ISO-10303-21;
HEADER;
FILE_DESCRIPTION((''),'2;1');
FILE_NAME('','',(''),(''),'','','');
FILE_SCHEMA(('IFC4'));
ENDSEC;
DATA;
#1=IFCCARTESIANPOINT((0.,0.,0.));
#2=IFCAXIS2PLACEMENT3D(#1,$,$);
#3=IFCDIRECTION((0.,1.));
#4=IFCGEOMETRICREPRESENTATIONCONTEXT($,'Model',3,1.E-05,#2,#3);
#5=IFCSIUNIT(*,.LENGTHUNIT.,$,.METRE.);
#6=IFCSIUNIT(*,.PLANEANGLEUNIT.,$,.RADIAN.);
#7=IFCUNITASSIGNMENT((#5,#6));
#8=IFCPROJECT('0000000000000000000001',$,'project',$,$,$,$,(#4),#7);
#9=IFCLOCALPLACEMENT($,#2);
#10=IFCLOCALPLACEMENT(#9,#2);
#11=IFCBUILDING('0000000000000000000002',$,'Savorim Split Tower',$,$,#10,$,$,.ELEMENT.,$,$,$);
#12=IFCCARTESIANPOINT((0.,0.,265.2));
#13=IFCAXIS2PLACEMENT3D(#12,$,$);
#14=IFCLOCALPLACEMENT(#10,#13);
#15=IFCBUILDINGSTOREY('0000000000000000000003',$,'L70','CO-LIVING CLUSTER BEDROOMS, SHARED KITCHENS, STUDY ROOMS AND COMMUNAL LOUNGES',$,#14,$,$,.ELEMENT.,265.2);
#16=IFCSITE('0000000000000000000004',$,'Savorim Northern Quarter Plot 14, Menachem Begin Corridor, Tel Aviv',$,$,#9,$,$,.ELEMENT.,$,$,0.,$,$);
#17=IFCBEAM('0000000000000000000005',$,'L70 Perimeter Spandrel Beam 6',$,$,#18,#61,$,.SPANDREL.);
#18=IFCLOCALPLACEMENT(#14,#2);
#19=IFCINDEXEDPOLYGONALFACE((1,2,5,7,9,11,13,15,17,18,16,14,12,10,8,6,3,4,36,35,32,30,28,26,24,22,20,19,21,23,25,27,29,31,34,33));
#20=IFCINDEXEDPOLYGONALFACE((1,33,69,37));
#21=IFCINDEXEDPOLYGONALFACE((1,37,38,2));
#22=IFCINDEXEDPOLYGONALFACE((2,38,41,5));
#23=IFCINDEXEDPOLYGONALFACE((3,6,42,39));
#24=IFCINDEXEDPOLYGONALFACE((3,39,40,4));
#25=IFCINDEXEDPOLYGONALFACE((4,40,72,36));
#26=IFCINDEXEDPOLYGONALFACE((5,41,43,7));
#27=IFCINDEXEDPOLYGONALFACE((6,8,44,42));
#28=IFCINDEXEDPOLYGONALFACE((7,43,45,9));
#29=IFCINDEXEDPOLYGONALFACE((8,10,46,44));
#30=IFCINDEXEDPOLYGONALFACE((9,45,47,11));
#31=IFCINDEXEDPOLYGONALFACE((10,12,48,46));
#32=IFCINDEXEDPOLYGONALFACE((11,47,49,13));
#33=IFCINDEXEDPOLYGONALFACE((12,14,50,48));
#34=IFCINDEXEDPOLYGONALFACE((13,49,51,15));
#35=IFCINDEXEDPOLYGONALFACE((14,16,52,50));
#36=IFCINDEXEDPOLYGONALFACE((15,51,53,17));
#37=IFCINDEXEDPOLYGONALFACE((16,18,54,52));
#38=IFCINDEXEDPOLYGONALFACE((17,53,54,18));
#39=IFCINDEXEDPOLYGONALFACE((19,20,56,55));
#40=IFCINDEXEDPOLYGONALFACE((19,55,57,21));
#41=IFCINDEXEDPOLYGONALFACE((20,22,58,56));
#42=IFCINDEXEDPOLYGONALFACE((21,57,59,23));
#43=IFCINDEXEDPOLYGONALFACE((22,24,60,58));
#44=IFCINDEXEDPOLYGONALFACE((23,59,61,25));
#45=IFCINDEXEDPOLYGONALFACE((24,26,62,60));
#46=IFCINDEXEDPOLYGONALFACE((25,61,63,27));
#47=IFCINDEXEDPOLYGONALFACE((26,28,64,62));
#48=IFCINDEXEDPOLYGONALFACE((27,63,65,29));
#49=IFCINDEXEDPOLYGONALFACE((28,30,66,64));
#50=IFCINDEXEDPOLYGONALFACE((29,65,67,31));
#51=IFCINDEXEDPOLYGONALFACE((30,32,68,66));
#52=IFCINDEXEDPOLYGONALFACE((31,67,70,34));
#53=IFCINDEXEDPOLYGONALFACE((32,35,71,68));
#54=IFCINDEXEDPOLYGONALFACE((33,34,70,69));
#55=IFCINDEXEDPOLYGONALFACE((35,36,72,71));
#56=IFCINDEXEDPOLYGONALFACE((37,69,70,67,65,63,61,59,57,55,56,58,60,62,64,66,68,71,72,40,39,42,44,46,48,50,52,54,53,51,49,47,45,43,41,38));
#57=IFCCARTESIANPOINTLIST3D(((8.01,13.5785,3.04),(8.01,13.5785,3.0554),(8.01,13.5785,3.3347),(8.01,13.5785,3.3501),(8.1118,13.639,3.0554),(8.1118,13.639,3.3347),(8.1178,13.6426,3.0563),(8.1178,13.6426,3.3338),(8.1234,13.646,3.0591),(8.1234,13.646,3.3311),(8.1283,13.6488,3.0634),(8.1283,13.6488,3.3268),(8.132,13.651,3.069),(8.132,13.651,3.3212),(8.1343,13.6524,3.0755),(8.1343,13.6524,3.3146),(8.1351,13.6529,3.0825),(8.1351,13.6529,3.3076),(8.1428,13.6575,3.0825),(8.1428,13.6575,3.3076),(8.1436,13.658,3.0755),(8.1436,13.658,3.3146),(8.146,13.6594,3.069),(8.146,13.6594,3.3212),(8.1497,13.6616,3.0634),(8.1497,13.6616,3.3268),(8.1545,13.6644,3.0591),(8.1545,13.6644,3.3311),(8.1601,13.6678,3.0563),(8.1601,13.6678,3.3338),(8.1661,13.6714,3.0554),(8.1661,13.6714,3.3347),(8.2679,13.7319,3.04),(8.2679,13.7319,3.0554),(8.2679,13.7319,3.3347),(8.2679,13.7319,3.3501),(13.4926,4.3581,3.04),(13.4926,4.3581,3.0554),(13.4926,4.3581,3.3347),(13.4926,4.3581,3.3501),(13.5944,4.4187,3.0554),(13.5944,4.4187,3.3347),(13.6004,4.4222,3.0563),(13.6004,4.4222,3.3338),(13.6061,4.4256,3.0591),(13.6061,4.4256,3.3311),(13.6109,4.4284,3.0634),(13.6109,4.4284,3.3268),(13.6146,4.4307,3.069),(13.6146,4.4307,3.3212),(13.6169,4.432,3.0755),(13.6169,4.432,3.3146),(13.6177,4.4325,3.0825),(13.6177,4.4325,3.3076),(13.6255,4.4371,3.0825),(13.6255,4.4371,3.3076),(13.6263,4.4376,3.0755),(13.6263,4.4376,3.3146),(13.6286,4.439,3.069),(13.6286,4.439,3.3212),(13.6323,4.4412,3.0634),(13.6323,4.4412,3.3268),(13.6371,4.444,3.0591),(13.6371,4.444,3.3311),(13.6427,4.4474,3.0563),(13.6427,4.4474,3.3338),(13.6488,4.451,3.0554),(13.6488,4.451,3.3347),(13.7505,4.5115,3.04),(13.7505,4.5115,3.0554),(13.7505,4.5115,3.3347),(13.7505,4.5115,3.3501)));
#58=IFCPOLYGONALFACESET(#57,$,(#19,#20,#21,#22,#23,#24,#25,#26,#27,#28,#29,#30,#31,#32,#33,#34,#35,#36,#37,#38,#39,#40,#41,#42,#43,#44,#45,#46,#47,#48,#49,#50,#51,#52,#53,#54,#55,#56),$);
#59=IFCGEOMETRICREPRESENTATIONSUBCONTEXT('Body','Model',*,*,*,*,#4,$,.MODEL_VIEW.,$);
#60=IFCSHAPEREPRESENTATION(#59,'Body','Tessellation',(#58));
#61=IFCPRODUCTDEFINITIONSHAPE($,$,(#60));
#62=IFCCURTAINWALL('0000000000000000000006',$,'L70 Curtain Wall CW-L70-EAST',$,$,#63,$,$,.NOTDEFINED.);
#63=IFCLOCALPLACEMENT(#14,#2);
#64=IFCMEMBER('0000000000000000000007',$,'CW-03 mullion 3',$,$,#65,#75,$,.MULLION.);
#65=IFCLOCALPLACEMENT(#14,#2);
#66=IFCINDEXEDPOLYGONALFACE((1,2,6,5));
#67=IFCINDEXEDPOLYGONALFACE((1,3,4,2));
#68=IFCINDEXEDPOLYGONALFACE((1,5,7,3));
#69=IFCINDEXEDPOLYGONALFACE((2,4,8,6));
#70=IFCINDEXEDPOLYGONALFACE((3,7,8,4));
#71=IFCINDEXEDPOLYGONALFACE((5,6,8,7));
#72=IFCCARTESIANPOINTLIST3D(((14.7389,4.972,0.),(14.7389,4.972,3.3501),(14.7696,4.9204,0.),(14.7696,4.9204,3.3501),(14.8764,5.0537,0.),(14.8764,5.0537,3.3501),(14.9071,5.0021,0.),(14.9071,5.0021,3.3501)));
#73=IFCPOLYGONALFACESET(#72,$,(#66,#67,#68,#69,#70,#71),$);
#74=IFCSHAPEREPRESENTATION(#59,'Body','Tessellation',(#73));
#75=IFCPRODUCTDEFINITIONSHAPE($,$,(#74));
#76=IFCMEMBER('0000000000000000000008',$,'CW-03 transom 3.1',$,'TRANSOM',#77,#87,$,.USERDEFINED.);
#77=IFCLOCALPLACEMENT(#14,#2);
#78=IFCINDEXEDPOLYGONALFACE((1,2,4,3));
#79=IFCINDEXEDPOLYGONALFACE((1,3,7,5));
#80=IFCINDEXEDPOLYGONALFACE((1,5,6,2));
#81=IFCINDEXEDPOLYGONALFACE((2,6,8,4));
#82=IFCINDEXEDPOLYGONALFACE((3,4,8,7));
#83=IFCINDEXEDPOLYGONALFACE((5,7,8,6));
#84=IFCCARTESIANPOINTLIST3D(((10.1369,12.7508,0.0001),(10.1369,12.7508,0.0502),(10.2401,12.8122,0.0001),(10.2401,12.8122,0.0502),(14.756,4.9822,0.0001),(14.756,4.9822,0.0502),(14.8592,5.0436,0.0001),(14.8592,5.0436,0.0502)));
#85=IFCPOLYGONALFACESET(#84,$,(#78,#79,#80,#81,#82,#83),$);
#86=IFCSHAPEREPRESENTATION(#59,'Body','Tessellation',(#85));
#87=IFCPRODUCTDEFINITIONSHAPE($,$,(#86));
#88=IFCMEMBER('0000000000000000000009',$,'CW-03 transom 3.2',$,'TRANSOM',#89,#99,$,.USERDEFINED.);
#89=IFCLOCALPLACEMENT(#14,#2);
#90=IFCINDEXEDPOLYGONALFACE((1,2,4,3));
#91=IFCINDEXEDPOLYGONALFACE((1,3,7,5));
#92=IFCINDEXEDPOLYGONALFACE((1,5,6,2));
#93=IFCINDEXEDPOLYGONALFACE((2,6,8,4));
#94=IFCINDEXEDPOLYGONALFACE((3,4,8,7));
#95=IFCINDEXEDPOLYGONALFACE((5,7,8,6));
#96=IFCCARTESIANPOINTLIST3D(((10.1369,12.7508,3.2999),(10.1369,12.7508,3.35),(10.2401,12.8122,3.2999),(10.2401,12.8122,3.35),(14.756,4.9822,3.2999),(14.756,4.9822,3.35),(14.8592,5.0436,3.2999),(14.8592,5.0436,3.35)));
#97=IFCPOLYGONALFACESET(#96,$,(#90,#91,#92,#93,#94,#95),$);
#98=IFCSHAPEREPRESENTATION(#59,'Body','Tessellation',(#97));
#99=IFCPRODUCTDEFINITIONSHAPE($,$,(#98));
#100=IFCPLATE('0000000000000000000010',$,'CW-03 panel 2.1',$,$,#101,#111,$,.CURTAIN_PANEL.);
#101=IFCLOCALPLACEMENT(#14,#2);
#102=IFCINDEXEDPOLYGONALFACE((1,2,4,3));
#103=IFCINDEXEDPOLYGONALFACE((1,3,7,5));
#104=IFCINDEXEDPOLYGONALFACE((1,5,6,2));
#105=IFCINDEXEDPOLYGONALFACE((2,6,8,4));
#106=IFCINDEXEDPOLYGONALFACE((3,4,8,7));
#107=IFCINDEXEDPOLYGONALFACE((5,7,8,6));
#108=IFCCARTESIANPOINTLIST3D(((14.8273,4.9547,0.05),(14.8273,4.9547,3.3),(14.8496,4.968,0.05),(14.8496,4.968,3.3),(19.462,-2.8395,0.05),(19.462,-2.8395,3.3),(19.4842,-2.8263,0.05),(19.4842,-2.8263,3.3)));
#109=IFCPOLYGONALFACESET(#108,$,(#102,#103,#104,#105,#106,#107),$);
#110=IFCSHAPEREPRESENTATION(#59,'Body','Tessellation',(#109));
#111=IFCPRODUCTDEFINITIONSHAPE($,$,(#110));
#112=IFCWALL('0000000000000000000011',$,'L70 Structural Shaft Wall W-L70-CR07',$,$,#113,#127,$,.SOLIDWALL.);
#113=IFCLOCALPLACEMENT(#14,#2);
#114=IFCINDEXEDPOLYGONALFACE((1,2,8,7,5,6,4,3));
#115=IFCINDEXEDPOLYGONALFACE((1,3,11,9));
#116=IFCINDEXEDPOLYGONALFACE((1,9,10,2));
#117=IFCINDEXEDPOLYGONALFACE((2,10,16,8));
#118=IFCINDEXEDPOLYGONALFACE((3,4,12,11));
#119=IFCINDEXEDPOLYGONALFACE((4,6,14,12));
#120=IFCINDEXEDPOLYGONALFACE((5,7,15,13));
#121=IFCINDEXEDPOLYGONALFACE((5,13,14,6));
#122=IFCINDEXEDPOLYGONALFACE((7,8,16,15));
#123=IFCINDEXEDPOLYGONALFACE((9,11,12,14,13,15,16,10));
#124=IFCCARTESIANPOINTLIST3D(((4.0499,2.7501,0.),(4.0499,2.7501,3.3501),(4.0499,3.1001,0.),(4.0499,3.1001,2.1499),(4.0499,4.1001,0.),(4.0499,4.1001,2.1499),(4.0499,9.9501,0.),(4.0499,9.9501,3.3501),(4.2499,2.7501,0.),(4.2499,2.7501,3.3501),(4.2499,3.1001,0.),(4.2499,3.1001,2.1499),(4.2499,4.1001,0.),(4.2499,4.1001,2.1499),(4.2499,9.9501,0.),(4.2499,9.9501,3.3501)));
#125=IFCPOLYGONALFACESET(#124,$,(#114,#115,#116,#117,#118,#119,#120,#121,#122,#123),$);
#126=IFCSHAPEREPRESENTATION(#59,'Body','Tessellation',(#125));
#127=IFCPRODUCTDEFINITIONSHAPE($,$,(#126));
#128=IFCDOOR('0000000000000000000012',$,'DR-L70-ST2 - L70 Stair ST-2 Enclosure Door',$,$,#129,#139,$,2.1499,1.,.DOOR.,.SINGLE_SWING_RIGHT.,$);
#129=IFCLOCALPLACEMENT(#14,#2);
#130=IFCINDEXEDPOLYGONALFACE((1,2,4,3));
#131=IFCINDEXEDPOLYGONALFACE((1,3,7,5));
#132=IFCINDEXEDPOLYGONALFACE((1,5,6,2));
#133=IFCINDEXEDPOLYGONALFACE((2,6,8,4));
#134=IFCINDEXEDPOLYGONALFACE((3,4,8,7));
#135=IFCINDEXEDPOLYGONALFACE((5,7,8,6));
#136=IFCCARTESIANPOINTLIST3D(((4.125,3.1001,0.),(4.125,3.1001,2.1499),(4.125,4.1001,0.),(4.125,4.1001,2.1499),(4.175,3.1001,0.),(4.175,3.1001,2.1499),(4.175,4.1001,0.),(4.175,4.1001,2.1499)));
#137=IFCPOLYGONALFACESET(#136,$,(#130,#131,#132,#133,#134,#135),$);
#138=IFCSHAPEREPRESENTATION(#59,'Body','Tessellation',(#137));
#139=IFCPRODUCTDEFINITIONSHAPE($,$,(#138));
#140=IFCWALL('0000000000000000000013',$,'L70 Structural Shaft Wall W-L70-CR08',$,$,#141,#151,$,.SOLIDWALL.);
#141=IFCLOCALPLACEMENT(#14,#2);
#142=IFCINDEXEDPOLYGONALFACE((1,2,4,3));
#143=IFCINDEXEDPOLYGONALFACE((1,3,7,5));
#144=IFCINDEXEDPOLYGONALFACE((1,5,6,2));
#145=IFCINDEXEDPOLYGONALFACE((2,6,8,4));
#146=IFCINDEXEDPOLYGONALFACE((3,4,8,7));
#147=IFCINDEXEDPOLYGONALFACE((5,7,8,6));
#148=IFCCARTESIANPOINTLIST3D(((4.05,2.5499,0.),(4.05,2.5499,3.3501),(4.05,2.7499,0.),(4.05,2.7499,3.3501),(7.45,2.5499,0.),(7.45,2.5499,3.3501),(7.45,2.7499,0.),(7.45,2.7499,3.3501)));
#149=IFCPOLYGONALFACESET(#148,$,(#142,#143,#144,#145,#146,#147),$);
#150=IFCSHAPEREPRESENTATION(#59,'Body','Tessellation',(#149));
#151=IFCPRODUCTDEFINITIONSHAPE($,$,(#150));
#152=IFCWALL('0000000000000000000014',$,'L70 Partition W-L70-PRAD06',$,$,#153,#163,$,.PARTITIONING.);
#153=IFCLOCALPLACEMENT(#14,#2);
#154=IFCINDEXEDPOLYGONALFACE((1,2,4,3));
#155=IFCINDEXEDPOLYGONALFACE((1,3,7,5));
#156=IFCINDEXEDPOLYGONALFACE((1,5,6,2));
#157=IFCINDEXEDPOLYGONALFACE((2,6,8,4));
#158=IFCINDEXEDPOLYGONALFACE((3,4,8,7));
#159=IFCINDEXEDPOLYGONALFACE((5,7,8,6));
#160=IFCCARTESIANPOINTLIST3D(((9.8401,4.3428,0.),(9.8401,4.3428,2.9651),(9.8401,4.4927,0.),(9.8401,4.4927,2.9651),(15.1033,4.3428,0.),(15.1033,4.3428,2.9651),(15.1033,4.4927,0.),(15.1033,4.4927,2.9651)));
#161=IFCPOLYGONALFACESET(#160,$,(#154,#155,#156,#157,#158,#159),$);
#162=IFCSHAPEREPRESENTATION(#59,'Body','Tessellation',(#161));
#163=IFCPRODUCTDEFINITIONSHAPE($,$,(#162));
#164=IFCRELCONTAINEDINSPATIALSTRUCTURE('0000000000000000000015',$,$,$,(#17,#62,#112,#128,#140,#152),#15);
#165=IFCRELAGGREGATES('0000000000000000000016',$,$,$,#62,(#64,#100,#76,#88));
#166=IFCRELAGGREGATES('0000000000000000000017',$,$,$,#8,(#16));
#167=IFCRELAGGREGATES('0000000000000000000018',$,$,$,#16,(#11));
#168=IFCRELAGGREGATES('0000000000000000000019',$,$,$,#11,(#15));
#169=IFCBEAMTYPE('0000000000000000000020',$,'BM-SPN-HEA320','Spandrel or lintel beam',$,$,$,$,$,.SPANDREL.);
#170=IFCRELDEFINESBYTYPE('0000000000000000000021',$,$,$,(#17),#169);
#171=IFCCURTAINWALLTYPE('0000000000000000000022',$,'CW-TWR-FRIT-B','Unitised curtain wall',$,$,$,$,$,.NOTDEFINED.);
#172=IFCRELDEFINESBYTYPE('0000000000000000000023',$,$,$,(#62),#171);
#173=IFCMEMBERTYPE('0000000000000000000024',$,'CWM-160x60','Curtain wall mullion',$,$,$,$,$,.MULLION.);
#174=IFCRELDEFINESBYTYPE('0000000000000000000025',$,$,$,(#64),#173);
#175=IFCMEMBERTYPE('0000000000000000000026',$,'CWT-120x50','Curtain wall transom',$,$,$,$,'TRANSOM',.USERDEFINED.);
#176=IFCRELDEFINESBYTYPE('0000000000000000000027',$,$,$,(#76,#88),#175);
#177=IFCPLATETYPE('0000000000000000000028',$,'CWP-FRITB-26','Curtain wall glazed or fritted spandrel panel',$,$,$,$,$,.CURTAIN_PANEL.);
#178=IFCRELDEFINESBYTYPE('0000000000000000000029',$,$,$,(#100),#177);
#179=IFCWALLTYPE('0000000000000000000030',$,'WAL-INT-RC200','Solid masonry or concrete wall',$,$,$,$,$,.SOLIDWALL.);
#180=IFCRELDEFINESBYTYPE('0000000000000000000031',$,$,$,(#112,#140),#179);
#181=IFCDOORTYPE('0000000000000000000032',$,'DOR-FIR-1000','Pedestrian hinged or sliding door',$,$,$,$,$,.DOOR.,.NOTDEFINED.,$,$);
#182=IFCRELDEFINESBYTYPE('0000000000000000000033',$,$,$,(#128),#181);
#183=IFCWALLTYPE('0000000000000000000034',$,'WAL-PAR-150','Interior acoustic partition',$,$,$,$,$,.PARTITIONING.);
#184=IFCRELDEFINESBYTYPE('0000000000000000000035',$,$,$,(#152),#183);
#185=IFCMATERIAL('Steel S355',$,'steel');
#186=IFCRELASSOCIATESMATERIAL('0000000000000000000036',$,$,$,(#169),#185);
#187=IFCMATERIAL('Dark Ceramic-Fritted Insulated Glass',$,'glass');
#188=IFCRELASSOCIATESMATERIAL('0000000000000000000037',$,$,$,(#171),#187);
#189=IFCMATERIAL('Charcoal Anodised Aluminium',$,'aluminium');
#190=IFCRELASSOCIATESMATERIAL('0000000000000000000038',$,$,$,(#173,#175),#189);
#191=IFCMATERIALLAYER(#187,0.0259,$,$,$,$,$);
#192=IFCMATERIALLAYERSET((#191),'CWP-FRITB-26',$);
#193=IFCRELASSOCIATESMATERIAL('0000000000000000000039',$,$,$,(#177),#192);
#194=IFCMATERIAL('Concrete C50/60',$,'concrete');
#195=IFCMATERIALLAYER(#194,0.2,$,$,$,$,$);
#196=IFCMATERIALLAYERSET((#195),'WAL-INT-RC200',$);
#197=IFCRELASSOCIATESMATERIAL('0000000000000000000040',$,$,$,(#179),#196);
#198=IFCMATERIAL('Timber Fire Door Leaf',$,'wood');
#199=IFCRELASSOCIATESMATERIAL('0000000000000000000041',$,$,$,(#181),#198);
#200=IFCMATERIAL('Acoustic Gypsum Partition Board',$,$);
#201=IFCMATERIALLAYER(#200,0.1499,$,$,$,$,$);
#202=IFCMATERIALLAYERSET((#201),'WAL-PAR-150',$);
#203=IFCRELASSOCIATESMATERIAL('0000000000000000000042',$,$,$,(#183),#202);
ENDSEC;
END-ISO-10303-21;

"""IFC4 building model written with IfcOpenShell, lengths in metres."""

from ifc_helpers import new_model, si_unit, direction, frame, frame_2d, origin, origin_2d, place, context, subcontext, project, spatial, rectangle, i_section, extrude, material, layer, layer_set, material_profile, profile_set, type_object, element, fill, aggregate, save


model = new_model("IFC4")

# Units and contexts
model_context = context("Model", 3, precision=1e-05, world=origin(), true_north=direction((0.0, 1.0)))
body_context = subcontext(model_context, "Body", "Model", "MODEL_VIEW")
ifc_project = project(units=[si_unit("LENGTHUNIT", "METRE"), si_unit("PLANEANGLEUNIT", "RADIAN")], contexts=[model_context])

# Site, building, storey
site_placement = place(None, origin())
site = spatial("IfcSite", under=ifc_project, at=site_placement, Name="Savorim Northern Quarter Plot 14, Menachem Begin Corridor, Tel Aviv", CompositionType="ELEMENT", RefElevation=0.0)
building_placement = place(site_placement, origin())
building = spatial("IfcBuilding", under=site, at=building_placement, Name="Savorim Split Tower", CompositionType="ELEMENT")
storey_placement = place(building_placement, frame((0.0, 0.0, 265.2)))
storey = spatial("IfcBuildingStorey", under=building, at=storey_placement, Name="L70", Description="CO-LIVING CLUSTER BEDROOMS, SHARED KITCHENS, STUDY ROOMS AND COMMUNAL LOUNGES", CompositionType="ELEMENT", Elevation=265.2)

# Shared definitions
ifc_material_1 = material(Name="Steel S355", Category="steel")

# Beam
ifc_material_profile_1 = material_profile(ifc_material_1, i_section(OverallWidth=0.3, OverallDepth=0.3101, WebThickness=0.009, FlangeThickness=0.0154, FilletRadius=0.0271, at=origin_2d()), Name="HEA 320")
ifc_profile_set_1 = profile_set([ifc_material_profile_1], Name="Steel S355")
beam_type_1 = type_object("IfcBeamType", Name="BM-SPN-HEA320", Description="Spandrel or lintel beam", PredefinedType="SPANDREL", material=ifc_profile_set_1)
beam_1_placement = place(storey_placement, frame((13.6216, 4.4348, 3.1951), z_axis=(-0.511091, 0.859526, 0.0), x_axis=(-0.859526, -0.511091, 0.0)))
element("IfcBeam", 1, at=beam_1_placement, inside=storey, type_object=beam_type_1, Name="L70 Perimeter Spandrel Beam 6", PredefinedType="SPANDREL", context=body_context, shape_type="SweptSolid", body=[
    extrude(i_section(OverallWidth=0.3, OverallDepth=0.3101, WebThickness=0.009, FlangeThickness=0.0154, FilletRadius=0.0271, at=origin_2d()), origin(), (0.0, 0.0, 1.0), 10.7273),
])

# Curtain wall, members, plate
ifc_material_2 = material(Name="Dark Ceramic-Fritted Insulated Glass", Category="glass")
curtain_wall_type = type_object("IfcCurtainWallType", Name="CW-TWR-FRIT-B", Description="Unitised curtain wall", PredefinedType="NOTDEFINED", material=ifc_material_2)
curtain_wall_placement = place(storey_placement, origin())
curtain_wall = element("IfcCurtainWall", 2, at=curtain_wall_placement, inside=storey, type_object=curtain_wall_type, Name="L70 Curtain Wall CW-L70-EAST", PredefinedType="NOTDEFINED")
ifc_material_3 = material(Name="Charcoal Anodised Aluminium", Category="aluminium")
ifc_material_profile_2 = material_profile(ifc_material_3, rectangle(XDim=0.1599, YDim=0.0601, at=origin_2d()), Name="ALU-M 160x60")
ifc_profile_set_2 = profile_set([ifc_material_profile_2], Name="Charcoal Anodised Aluminium")
member_type_1 = type_object("IfcMemberType", Name="CWM-160x60", Description="Curtain wall mullion", PredefinedType="MULLION", material=ifc_profile_set_2)
member_1_placement = place(storey_placement, frame((14.823, 4.9871, 0.0), z_axis=(0.0, 0.0, 1.0), x_axis=(-0.859527, -0.51109, 0.0)))
member_1 = element("IfcMember", 3, at=member_1_placement, type_object=member_type_1, Name="CW-03 mullion 3", PredefinedType="MULLION", context=body_context, shape_type="SweptSolid", body=[
    extrude(rectangle(XDim=0.1599, YDim=0.0601, at=origin_2d()), origin(), (0.0, 0.0, 1.0), 3.3501),
])
ifc_material_profile_3 = material_profile(ifc_material_3, rectangle(XDim=0.1201, YDim=0.05, at=origin_2d()), Name="ALU-T 120x50")
ifc_profile_set_3 = profile_set([ifc_material_profile_3], Name="Charcoal Anodised Aluminium")
member_type_2 = type_object("IfcMemberType", Name="CWT-120x50", Description="Curtain wall transom", ElementType="TRANSOM", PredefinedType="USERDEFINED", material=ifc_profile_set_3)
member_2_placement = place(storey_placement, frame((14.8076, 5.0129, 0.0251), z_axis=(-0.511075, 0.859536, 0.0), x_axis=(-0.859536, -0.511075, 0.0)))
member_2 = element("IfcMember", 4, at=member_2_placement, type_object=member_type_2, Name="CW-03 transom 3.1", ObjectType="TRANSOM", PredefinedType="USERDEFINED", context=body_context, shape_type="SweptSolid", body=[
    extrude(rectangle(XDim=0.1201, YDim=0.05, at=origin_2d()), origin(), (0.0, 0.0, 1.0), 9.0381),
])
member_3_placement = place(storey_placement, frame((14.8076, 5.0129, 3.325), z_axis=(-0.511075, 0.859536, 0.0), x_axis=(-0.859536, -0.511075, 0.0)))
member_3 = element("IfcMember", 5, at=member_3_placement, type_object=member_type_2, Name="CW-03 transom 3.2", ObjectType="TRANSOM", PredefinedType="USERDEFINED", context=body_context, shape_type="SweptSolid", body=[
    extrude(rectangle(XDim=0.1201, YDim=0.05, at=origin_2d()), origin(), (0.0, 0.0, 1.0), 9.0381),
])
ifc_layer_1 = layer(ifc_material_2, 0.0259)
ifc_layer_set_1 = layer_set([ifc_layer_1], Name="CWP-FRITB-26")
plate_type = type_object("IfcPlateType", Name="CWP-FRITB-26", Description="Curtain wall glazed or fritted spandrel panel", PredefinedType="CURTAIN_PANEL", material=ifc_layer_set_1)
plate_placement = place(storey_placement, frame((17.1558, 1.0642, 0.05), z_axis=(0.0, 0.0, 1.0), x_axis=(-0.51109, 0.859527, 0.0)))
plate = element("IfcPlate", 6, at=plate_placement, type_object=plate_type, Name="CW-03 panel 2.1", PredefinedType="CURTAIN_PANEL", context=body_context, shape_type="SweptSolid", body=[
    extrude(rectangle(XDim=9.0681, YDim=0.0259, at=origin_2d()), origin(), (0.0, 0.0, 1.0), 3.25),
])
aggregate(curtain_wall, [member_1, plate, member_2, member_3])

# Wall, opening, door
ifc_material_4 = material(Name="Concrete C50/60", Category="concrete")
ifc_layer_2 = layer(ifc_material_4, 0.2)
ifc_layer_set_2 = layer_set([ifc_layer_2], Name="WAL-INT-RC200")
wall_type_1 = type_object("IfcWallType", Name="WAL-INT-RC200", Description="Solid masonry or concrete wall", PredefinedType="SOLIDWALL", material=ifc_layer_set_2)
wall_1_placement = place(storey_placement, frame((4.1499, 2.75, 0.0), z_axis=(0.0, 0.0, 1.0), x_axis=(0.0, 1.0, 0.0)))
wall_1 = element("IfcWall", 7, at=wall_1_placement, inside=storey, type_object=wall_type_1, Name="L70 Structural Shaft Wall W-L70-CR07", PredefinedType="SOLIDWALL", context=body_context, shape_type="SweptSolid", body=[
    extrude(rectangle(XDim=7.2, YDim=0.2, at=frame_2d((3.6001, 0.0))), origin(), (0.0, 0.0, 1.0), 3.3501),
])
opening_1_placement = place(wall_1_placement, frame((0.3501, 0.0, 0.0)))
opening_1 = element("IfcOpeningElement", 8, at=opening_1_placement, cuts=wall_1, PredefinedType="OPENING", context=body_context, shape_type="SweptSolid", body=[
    extrude(rectangle(XDim=1.0, YDim=2.1499, at=frame_2d((0.5, 1.075))), frame((0.0, 0.1099, 0.0), z_axis=(0.0, -1.0, 0.0), x_axis=(1.0, 0.0, 0.0)), (0.0, 0.0, 1.0), 0.22),
])
ifc_material_5 = material(Name="Timber Fire Door Leaf", Category="wood")
door_type_1 = type_object("IfcDoorType", Name="DOR-FIR-1000", Description="Pedestrian hinged or sliding door", OperationType="NOTDEFINED", PredefinedType="DOOR", material=ifc_material_5)
door_1_placement = place(opening_1_placement, origin())
door_1 = element("IfcDoor", 9, at=door_1_placement, inside=storey, type_object=door_type_1, Name="DR-L70-ST2 - L70 Stair ST-2 Enclosure Door", OperationType="SINGLE_SWING_RIGHT", OverallHeight=2.1499, OverallWidth=1.0, PredefinedType="DOOR", context=body_context, shape_type="SweptSolid", body=[
    extrude(rectangle(XDim=1.0, YDim=2.1499, at=frame_2d((0.5, 1.075))), frame((0.0, 0.0249, 0.0), z_axis=(0.0, -1.0, 0.0), x_axis=(1.0, 0.0, 0.0)), (0.0, 0.0, 1.0), 0.05),
])
fill(opening_1, door_1)

# Wall
wall_2_placement = place(storey_placement, frame((4.05, 2.6499, 0.0), z_axis=(0.0, 0.0, 1.0), x_axis=(1.0, 0.0, 0.0)))
element("IfcWall", 10, at=wall_2_placement, inside=storey, type_object=wall_type_1, Name="L70 Structural Shaft Wall W-L70-CR08", PredefinedType="SOLIDWALL", context=body_context, shape_type="SweptSolid", body=[
    extrude(rectangle(XDim=3.3999, YDim=0.2, at=frame_2d((1.7, 0.0))), origin(), (0.0, 0.0, 1.0), 3.3501),
])

# Wall
ifc_material_6 = material(Name="Acoustic Gypsum Partition Board")
ifc_layer_3 = layer(ifc_material_6, 0.1499)
ifc_layer_set_3 = layer_set([ifc_layer_3], Name="WAL-PAR-150")
wall_type_2 = type_object("IfcWallType", Name="WAL-PAR-150", Description="Interior acoustic partition", PredefinedType="PARTITIONING", material=ifc_layer_set_3)
wall_3_placement = place(storey_placement, frame((9.8401, 4.4177, 0.0), z_axis=(0.0, 0.0, 1.0), x_axis=(1.0, 0.0, 0.0)))
element("IfcWall", 11, at=wall_3_placement, inside=storey, type_object=wall_type_2, Name="L70 Partition W-L70-PRAD06", PredefinedType="PARTITIONING", context=body_context, shape_type="SweptSolid", body=[
    extrude(rectangle(XDim=5.2632, YDim=0.1499, at=frame_2d((2.6316, 0.0))), origin(), (0.0, 0.0, 1.0), 2.9651),
])

save(model, "model.ifc")
